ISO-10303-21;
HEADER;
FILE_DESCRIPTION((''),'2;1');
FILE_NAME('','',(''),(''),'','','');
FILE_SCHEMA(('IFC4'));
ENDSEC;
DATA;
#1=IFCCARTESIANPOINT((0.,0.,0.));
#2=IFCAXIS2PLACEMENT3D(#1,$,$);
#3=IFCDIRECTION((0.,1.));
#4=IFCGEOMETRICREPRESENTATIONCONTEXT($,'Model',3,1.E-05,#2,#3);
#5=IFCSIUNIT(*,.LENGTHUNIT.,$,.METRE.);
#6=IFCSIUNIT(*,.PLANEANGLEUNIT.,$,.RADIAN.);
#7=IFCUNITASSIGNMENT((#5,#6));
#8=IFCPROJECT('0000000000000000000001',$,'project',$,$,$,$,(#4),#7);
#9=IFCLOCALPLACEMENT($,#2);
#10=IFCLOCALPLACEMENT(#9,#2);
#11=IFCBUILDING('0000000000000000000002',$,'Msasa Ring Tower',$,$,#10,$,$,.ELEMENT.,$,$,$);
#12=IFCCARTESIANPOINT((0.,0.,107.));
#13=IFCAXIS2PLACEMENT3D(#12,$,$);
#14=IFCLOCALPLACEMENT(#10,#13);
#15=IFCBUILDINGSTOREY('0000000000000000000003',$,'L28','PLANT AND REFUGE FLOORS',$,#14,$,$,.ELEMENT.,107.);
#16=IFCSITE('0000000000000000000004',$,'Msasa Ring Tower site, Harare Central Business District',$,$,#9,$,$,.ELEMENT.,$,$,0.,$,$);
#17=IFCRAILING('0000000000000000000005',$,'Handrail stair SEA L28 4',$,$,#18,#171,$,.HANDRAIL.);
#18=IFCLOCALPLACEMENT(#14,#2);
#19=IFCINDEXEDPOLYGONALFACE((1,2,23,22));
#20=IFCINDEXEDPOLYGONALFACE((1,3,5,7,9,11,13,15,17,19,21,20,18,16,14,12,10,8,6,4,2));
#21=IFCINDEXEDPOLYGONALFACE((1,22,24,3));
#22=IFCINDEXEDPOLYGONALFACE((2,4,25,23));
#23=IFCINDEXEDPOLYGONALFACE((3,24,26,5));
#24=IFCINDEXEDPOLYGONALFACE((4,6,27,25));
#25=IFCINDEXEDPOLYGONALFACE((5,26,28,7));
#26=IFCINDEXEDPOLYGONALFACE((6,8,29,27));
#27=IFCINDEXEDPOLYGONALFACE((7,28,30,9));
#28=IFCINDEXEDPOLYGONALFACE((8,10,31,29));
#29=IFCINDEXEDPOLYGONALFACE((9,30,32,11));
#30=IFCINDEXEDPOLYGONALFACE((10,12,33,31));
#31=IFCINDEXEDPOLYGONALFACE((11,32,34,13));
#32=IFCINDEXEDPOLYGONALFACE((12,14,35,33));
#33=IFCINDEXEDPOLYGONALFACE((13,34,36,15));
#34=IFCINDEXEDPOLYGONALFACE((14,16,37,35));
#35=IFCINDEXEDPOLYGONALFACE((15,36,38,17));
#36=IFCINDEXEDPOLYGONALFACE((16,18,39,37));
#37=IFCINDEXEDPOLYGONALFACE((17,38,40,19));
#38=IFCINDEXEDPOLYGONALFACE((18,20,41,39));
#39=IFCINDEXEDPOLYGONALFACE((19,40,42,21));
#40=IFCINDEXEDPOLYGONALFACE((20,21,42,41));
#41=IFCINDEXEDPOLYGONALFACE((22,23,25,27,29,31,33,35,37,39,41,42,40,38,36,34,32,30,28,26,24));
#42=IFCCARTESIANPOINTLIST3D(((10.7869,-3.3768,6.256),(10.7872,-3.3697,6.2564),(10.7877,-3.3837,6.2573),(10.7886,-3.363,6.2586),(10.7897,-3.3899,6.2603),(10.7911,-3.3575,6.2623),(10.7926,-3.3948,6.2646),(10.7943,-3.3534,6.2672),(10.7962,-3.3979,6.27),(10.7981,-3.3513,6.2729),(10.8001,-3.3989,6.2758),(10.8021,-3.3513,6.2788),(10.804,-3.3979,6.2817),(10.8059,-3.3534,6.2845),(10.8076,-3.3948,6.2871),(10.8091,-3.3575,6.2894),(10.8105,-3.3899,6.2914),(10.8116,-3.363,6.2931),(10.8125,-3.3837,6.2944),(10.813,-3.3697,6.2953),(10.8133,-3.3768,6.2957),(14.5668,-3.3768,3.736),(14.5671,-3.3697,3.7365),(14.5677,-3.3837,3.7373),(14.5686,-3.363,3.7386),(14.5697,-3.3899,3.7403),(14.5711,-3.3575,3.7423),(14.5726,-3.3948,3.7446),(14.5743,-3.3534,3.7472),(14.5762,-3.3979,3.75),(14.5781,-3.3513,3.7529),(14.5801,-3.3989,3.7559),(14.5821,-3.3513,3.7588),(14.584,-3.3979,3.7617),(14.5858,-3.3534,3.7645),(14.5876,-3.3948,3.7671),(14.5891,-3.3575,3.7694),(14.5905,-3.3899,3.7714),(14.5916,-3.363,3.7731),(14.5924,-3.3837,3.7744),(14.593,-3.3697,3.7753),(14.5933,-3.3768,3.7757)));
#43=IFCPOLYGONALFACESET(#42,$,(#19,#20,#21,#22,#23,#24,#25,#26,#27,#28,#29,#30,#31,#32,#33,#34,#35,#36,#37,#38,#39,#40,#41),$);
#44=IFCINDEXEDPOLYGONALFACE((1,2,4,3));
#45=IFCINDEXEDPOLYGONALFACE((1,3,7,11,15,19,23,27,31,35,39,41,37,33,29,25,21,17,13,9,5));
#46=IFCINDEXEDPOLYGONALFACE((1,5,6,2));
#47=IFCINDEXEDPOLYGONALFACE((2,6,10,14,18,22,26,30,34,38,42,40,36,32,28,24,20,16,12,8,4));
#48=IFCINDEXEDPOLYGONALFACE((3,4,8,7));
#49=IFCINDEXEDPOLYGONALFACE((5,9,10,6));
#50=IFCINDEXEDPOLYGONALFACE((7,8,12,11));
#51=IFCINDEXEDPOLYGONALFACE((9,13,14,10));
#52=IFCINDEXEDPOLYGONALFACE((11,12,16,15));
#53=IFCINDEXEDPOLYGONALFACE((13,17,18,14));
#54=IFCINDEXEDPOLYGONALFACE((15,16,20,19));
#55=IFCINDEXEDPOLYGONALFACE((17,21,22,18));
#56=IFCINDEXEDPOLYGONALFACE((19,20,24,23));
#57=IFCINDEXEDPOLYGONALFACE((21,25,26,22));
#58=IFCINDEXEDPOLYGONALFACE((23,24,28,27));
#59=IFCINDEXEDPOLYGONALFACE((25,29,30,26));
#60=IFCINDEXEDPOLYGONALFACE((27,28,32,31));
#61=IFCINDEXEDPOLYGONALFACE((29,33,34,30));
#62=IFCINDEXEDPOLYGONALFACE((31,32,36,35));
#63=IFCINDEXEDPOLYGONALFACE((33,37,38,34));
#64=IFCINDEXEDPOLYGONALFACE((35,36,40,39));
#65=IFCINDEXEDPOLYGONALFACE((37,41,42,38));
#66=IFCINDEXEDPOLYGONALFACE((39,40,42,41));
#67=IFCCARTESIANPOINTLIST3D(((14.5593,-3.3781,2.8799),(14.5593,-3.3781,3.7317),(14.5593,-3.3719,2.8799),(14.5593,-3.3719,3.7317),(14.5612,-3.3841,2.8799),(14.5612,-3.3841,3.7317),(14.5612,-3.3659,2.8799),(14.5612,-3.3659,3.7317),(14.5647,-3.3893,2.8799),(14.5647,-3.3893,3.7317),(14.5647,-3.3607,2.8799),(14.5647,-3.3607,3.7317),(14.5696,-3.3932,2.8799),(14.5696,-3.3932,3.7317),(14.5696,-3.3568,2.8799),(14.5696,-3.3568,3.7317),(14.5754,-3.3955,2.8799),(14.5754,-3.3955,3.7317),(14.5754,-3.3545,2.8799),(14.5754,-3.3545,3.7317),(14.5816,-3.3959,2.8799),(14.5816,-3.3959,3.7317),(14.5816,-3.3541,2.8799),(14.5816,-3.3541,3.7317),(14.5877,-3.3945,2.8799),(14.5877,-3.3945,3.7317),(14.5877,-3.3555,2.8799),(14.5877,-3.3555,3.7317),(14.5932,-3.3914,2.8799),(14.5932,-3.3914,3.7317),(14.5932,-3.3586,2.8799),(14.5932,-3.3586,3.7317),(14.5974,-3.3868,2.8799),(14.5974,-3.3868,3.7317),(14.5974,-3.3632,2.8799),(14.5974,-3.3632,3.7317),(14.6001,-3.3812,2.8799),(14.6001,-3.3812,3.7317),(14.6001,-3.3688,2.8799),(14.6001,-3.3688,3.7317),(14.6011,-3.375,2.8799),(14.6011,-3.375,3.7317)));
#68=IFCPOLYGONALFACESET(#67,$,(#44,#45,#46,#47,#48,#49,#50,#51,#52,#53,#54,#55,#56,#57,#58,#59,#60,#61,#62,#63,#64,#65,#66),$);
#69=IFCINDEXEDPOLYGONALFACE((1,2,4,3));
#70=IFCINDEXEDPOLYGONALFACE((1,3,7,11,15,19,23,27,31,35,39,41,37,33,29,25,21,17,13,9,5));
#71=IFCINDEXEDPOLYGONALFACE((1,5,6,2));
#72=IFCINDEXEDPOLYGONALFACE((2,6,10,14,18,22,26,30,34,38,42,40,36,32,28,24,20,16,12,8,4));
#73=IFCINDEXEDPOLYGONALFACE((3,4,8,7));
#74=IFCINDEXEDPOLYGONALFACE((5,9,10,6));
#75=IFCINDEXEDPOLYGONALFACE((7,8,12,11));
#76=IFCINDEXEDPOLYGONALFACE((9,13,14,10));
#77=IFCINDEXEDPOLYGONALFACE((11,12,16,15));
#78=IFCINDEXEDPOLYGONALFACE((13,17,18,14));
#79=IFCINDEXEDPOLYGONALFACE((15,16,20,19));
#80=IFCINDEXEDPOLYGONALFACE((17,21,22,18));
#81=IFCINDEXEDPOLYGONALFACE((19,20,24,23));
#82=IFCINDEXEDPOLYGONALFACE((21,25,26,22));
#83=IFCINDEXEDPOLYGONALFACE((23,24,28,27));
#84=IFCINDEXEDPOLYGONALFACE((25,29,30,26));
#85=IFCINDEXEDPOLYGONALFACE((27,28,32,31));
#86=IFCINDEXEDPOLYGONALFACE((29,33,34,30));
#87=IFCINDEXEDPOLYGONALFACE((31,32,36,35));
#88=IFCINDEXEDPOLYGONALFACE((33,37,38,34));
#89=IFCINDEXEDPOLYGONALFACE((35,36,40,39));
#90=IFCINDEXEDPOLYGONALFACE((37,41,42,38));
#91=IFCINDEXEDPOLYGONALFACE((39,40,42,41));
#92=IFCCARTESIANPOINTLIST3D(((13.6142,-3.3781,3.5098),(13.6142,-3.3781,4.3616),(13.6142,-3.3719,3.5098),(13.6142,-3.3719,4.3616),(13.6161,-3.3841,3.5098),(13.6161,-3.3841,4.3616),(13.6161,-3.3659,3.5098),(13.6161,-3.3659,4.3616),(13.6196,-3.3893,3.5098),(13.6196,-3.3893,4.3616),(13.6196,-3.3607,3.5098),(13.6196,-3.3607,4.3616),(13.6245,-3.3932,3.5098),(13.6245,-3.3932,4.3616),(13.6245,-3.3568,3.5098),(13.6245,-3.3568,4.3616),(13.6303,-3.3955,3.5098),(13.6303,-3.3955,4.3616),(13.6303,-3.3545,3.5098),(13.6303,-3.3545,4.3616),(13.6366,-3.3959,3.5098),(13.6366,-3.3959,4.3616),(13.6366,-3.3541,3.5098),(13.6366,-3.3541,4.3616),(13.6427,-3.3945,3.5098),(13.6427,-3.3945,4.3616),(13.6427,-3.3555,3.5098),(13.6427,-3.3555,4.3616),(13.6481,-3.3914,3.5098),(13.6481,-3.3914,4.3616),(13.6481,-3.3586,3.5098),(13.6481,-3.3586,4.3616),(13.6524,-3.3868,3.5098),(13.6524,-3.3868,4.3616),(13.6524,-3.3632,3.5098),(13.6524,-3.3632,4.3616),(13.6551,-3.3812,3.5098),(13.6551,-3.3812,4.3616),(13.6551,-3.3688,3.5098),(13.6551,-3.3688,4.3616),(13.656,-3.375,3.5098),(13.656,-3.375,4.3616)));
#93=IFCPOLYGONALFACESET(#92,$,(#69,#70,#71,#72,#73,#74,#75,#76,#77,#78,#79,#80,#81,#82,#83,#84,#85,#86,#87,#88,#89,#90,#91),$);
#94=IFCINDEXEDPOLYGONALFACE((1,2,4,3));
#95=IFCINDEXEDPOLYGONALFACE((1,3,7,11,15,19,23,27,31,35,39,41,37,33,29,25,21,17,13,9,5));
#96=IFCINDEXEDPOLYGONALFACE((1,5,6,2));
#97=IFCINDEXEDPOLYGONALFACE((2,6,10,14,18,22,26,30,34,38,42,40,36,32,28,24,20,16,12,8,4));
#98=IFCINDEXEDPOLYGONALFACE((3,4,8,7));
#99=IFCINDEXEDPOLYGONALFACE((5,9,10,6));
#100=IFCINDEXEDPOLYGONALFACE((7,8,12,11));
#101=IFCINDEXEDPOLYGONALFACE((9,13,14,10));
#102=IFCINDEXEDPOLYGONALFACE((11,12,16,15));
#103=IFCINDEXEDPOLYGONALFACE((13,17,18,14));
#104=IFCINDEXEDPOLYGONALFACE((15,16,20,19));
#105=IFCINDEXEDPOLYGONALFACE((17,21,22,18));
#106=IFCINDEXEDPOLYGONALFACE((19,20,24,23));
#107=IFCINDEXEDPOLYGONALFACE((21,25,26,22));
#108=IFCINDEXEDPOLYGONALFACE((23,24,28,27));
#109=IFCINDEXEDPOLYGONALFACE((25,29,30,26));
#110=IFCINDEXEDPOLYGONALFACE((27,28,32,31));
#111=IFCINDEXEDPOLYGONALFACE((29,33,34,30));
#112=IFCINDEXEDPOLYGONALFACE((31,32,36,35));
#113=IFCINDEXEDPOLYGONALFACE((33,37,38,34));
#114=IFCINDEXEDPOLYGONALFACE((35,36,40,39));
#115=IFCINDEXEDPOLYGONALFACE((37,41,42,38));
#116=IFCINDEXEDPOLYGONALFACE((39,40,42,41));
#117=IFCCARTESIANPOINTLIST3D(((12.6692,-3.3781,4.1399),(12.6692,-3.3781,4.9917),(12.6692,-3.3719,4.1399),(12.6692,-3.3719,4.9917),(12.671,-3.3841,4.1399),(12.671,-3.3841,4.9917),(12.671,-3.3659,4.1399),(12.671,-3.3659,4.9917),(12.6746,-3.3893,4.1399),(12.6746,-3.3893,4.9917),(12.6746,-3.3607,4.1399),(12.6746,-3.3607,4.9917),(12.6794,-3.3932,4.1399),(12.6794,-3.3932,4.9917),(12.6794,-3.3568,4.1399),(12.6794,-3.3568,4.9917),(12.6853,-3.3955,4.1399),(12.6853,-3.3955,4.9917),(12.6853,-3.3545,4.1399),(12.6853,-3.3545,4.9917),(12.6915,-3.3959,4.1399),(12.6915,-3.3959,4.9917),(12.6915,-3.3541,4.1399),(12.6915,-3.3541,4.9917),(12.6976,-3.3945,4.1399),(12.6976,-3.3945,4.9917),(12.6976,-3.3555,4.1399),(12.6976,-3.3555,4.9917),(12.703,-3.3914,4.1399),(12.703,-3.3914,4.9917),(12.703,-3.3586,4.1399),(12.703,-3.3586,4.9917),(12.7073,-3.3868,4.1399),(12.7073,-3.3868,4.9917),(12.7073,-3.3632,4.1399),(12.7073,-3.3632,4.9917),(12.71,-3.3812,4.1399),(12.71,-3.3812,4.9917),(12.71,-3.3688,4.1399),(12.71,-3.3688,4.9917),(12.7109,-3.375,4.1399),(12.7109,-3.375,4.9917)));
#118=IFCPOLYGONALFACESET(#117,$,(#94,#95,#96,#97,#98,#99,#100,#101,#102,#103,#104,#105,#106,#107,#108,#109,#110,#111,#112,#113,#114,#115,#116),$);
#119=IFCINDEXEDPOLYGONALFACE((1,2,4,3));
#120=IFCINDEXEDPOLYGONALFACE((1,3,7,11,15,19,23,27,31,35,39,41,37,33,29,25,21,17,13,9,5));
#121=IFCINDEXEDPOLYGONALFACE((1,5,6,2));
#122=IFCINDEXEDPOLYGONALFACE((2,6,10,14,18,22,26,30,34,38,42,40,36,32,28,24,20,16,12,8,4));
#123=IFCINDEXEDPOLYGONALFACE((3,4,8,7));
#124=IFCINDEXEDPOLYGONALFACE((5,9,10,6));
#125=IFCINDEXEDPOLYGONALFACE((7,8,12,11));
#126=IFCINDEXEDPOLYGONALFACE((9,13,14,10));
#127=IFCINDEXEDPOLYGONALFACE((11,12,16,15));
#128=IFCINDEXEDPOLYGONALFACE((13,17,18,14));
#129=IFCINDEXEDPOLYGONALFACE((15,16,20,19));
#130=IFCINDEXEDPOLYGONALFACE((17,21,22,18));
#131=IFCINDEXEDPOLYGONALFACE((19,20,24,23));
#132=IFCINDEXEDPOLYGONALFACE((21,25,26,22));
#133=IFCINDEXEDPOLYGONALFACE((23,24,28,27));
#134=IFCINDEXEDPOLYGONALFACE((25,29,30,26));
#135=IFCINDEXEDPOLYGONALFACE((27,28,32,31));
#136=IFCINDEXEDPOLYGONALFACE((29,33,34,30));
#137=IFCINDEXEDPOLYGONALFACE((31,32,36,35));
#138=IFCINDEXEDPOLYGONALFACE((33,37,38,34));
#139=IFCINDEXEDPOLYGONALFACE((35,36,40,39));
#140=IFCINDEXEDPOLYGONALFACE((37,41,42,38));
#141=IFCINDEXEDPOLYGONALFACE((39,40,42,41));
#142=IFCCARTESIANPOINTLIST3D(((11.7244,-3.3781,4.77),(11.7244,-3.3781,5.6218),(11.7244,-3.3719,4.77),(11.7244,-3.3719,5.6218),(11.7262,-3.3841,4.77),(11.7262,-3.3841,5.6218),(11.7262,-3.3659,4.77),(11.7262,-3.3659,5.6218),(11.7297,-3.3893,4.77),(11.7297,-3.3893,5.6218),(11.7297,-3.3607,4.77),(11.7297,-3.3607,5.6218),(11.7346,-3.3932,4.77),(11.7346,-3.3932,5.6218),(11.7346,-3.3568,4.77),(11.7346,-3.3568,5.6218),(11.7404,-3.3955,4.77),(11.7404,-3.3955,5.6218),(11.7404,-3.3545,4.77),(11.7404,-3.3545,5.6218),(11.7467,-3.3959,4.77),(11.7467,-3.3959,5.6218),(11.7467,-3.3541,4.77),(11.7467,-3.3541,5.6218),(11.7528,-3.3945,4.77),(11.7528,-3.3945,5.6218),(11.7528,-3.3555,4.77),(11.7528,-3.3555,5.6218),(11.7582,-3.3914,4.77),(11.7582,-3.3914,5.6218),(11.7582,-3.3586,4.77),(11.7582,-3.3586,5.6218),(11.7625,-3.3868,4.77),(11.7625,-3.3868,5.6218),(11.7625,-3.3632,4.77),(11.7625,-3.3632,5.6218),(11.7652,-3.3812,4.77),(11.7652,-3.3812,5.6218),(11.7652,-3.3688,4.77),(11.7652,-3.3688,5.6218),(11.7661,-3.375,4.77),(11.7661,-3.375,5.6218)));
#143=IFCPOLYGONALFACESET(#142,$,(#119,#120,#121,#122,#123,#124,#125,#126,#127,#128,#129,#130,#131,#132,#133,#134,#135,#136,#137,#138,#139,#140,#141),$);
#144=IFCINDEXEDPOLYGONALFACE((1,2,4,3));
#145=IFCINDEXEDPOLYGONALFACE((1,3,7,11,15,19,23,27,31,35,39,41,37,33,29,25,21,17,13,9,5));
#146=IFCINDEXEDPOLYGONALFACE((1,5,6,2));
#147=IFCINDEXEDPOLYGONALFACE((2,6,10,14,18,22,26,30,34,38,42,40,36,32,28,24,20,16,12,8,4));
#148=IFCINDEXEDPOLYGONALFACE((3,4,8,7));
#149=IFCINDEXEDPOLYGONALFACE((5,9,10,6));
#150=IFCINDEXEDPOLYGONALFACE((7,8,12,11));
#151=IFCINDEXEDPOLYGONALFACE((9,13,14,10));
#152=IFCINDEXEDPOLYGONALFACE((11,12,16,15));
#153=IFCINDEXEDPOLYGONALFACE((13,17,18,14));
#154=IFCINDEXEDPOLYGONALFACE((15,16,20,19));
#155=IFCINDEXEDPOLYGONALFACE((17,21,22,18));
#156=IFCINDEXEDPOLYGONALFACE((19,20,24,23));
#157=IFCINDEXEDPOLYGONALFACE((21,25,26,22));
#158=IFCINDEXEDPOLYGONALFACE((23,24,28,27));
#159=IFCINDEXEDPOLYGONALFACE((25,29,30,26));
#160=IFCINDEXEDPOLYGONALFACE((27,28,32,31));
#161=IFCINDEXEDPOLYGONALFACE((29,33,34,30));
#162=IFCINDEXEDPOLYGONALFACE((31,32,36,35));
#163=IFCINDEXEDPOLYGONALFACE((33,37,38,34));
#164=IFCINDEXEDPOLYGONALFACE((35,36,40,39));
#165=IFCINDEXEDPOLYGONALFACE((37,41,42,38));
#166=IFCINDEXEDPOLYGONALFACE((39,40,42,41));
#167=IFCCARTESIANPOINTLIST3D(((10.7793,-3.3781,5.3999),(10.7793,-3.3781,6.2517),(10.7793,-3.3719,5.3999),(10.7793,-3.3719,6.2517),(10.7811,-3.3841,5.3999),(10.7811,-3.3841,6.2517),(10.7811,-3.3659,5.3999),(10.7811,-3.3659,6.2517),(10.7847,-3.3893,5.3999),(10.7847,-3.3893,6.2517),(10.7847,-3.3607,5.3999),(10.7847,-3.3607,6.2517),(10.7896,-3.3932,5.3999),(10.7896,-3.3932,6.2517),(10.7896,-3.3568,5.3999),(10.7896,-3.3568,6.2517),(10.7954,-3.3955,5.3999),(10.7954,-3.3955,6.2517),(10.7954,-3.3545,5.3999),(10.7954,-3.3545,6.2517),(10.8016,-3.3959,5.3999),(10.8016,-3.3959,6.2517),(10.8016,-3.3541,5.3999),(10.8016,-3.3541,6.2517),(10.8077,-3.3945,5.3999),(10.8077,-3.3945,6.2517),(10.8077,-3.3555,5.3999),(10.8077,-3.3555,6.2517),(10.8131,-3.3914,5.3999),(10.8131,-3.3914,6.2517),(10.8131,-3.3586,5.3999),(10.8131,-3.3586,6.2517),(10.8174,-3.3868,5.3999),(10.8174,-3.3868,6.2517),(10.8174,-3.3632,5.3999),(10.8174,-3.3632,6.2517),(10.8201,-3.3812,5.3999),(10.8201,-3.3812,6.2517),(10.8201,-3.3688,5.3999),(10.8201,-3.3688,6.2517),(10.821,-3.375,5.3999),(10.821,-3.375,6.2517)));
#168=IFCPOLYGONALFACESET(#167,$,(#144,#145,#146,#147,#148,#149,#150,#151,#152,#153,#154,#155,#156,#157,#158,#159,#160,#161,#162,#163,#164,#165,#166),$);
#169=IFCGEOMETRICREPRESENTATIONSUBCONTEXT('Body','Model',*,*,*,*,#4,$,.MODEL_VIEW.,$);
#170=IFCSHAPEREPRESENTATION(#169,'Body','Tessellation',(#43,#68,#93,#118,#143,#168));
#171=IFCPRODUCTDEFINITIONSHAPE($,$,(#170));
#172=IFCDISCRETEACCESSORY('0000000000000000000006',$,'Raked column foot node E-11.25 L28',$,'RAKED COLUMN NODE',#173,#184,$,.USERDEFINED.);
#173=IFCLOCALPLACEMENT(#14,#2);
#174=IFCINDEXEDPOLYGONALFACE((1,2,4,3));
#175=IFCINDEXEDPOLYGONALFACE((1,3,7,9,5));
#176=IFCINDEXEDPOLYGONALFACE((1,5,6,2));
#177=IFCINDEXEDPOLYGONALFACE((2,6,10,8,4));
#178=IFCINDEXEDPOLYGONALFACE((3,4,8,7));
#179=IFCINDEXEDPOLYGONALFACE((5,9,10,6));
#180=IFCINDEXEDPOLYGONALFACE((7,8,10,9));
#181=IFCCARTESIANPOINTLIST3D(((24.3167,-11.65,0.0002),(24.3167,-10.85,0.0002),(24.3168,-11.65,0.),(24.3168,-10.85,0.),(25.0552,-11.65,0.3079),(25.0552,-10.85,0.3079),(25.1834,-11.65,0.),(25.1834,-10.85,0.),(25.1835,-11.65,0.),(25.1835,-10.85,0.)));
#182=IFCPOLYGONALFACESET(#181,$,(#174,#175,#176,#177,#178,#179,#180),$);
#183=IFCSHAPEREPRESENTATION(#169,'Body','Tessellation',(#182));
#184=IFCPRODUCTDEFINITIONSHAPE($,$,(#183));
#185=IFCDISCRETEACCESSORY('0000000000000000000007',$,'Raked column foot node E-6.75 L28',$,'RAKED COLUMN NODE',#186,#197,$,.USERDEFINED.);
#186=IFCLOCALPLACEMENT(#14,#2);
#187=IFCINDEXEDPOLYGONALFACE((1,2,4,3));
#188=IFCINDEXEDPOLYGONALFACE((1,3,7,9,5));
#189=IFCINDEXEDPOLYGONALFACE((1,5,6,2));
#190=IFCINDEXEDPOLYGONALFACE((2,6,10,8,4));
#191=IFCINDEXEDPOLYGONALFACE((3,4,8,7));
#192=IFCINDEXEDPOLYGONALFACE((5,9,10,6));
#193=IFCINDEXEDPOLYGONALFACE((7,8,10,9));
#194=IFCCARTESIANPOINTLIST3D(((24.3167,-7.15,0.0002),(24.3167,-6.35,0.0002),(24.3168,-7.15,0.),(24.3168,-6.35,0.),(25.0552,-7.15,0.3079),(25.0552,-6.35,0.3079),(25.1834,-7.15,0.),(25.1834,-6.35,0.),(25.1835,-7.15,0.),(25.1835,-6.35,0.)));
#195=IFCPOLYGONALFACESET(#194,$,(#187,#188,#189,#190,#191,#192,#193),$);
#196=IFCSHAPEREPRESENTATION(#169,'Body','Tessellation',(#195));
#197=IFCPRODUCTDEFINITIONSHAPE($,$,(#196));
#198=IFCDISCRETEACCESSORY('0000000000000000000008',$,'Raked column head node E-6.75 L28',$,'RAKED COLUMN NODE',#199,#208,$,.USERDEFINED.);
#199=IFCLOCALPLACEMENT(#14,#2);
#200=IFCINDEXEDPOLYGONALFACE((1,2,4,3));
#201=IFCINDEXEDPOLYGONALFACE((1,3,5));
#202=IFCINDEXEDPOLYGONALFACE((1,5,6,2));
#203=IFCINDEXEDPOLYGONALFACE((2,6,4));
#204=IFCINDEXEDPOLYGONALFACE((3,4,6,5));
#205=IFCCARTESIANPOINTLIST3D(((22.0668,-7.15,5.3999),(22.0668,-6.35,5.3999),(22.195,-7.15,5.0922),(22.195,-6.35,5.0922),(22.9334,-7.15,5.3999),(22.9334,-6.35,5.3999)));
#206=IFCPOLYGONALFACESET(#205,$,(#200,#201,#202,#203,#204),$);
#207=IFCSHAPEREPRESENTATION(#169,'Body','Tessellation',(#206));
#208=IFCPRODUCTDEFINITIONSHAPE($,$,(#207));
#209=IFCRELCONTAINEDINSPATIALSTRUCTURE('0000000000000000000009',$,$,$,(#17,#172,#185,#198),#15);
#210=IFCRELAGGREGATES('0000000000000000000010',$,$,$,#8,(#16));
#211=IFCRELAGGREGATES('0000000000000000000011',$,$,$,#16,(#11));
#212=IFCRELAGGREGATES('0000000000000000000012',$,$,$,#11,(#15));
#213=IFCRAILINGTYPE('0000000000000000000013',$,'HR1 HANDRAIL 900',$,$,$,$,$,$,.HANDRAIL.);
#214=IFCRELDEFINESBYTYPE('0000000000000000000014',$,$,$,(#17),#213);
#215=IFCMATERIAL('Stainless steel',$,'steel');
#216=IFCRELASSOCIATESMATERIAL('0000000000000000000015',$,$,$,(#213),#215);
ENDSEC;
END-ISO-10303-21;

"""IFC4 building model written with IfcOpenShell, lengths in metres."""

from ifc_helpers import new_model, si_unit, direction, frame, origin, origin_2d, place, context, subcontext, project, spatial, rectangle, circle, extrude, clip, halfspace, material, type_object, element, save


model = new_model("IFC4")

# Units and contexts
model_context = context("Model", 3, precision=1e-05, world=origin(), true_north=direction((0.0, 1.0)))
body_context = subcontext(model_context, "Body", "Model", "MODEL_VIEW")
ifc_project = project(units=[si_unit("LENGTHUNIT", "METRE"), si_unit("PLANEANGLEUNIT", "RADIAN")], contexts=[model_context])

# Site, building, storey
site_placement = place(None, origin())
site = spatial("IfcSite", under=ifc_project, at=site_placement, Name="Msasa Ring Tower site, Harare Central Business District", CompositionType="ELEMENT", RefElevation=0.0)
building_placement = place(site_placement, origin())
building = spatial("IfcBuilding", under=site, at=building_placement, Name="Msasa Ring Tower", CompositionType="ELEMENT")
storey_placement = place(building_placement, frame((0.0, 0.0, 107.0)))
storey = spatial("IfcBuildingStorey", under=building, at=storey_placement, Name="L28", Description="PLANT AND REFUGE FLOORS", CompositionType="ELEMENT", Elevation=107.0)

# Railing
ifc_material_1 = material(Name="Stainless steel", Category="steel")
railing_type = type_object("IfcRailingType", Name="HR1 HANDRAIL 900", PredefinedType="HANDRAIL", material=ifc_material_1)
railing_placement = place(storey_placement, frame((14.5801, -3.375, 2.8799)))
element("IfcRailing", 1, at=railing_placement, inside=storey, type_object=railing_type, Name="Handrail stair SEA L28 4", PredefinedType="HANDRAIL", context=body_context, shape_type="SweptSolid", body=[
    extrude(circle(Radius=0.0239, at=origin_2d()), frame((0.0, 0.0, 0.876), z_axis=(-0.83205, 0.0, 0.5547), x_axis=(0.0, -1.0, 0.0)), (0.0, 0.0, 1.0), 4.543),
    extrude(circle(Radius=0.021, at=origin_2d()), origin(), (0.0, 0.0, 1.0), 0.8518),
    extrude(circle(Radius=0.021, at=origin_2d()), frame((-0.9451, 0.0, 0.6299)), (0.0, 0.0, 1.0), 0.8518),
    extrude(circle(Radius=0.021, at=origin_2d()), frame((-1.8901, 0.0, 1.26)), (0.0, 0.0, 1.0), 0.8518),
    extrude(circle(Radius=0.021, at=origin_2d()), frame((-2.835, 0.0, 1.8901)), (0.0, 0.0, 1.0), 0.8518),
    extrude(circle(Radius=0.021, at=origin_2d()), frame((-3.78, 0.0, 2.52)), (0.0, 0.0, 1.0), 0.8518),
])

# Discrete accessories
for number, where, name in (
    (2, (24.75, -11.25, 0.0), "Raked column foot node E-11.25 L28"),
    (3, (24.75, -6.75, 0.0), "Raked column foot node E-6.75 L28"),
):
    element("IfcDiscreteAccessory", number, at=place(storey_placement, frame(where)), inside=storey, Name=name, ObjectType="RAKED COLUMN NODE", PredefinedType="USERDEFINED", context=body_context, shape_type="Clipping", body=[
        clip(extrude(rectangle(XDim=0.8, YDim=0.8, at=origin_2d()), frame((0.0642, 0.0, -0.1538), z_axis=(-0.384615, 0.0, 0.923077), x_axis=(0.0, -1.0, 0.0)), (0.0, 0.0, 1.0), 0.3335), halfspace(frame((0.0, 0.0, 0.0), z_axis=(0.0, 0.0, 1.0)), True)),
    ])
discrete_accessory_1_placement = place(storey_placement, frame((22.5, -6.75, 5.3999)))
element("IfcDiscreteAccessory", 4, at=discrete_accessory_1_placement, inside=storey, Name="Raked column head node E-6.75 L28", ObjectType="RAKED COLUMN NODE", PredefinedType="USERDEFINED", context=body_context, shape_type="Clipping", body=[
    clip(extrude(rectangle(XDim=0.8, YDim=0.8, at=origin_2d()), frame((0.0642, 0.0, -0.1538), z_axis=(-0.384615, 0.0, 0.923077), x_axis=(0.0, -1.0, 0.0)), (0.0, 0.0, 1.0), 0.3335), halfspace(frame((0.0, 0.0, 0.0), z_axis=(0.0, 0.0, -1.0)), True)),
])

save(model, "model.ifc")
